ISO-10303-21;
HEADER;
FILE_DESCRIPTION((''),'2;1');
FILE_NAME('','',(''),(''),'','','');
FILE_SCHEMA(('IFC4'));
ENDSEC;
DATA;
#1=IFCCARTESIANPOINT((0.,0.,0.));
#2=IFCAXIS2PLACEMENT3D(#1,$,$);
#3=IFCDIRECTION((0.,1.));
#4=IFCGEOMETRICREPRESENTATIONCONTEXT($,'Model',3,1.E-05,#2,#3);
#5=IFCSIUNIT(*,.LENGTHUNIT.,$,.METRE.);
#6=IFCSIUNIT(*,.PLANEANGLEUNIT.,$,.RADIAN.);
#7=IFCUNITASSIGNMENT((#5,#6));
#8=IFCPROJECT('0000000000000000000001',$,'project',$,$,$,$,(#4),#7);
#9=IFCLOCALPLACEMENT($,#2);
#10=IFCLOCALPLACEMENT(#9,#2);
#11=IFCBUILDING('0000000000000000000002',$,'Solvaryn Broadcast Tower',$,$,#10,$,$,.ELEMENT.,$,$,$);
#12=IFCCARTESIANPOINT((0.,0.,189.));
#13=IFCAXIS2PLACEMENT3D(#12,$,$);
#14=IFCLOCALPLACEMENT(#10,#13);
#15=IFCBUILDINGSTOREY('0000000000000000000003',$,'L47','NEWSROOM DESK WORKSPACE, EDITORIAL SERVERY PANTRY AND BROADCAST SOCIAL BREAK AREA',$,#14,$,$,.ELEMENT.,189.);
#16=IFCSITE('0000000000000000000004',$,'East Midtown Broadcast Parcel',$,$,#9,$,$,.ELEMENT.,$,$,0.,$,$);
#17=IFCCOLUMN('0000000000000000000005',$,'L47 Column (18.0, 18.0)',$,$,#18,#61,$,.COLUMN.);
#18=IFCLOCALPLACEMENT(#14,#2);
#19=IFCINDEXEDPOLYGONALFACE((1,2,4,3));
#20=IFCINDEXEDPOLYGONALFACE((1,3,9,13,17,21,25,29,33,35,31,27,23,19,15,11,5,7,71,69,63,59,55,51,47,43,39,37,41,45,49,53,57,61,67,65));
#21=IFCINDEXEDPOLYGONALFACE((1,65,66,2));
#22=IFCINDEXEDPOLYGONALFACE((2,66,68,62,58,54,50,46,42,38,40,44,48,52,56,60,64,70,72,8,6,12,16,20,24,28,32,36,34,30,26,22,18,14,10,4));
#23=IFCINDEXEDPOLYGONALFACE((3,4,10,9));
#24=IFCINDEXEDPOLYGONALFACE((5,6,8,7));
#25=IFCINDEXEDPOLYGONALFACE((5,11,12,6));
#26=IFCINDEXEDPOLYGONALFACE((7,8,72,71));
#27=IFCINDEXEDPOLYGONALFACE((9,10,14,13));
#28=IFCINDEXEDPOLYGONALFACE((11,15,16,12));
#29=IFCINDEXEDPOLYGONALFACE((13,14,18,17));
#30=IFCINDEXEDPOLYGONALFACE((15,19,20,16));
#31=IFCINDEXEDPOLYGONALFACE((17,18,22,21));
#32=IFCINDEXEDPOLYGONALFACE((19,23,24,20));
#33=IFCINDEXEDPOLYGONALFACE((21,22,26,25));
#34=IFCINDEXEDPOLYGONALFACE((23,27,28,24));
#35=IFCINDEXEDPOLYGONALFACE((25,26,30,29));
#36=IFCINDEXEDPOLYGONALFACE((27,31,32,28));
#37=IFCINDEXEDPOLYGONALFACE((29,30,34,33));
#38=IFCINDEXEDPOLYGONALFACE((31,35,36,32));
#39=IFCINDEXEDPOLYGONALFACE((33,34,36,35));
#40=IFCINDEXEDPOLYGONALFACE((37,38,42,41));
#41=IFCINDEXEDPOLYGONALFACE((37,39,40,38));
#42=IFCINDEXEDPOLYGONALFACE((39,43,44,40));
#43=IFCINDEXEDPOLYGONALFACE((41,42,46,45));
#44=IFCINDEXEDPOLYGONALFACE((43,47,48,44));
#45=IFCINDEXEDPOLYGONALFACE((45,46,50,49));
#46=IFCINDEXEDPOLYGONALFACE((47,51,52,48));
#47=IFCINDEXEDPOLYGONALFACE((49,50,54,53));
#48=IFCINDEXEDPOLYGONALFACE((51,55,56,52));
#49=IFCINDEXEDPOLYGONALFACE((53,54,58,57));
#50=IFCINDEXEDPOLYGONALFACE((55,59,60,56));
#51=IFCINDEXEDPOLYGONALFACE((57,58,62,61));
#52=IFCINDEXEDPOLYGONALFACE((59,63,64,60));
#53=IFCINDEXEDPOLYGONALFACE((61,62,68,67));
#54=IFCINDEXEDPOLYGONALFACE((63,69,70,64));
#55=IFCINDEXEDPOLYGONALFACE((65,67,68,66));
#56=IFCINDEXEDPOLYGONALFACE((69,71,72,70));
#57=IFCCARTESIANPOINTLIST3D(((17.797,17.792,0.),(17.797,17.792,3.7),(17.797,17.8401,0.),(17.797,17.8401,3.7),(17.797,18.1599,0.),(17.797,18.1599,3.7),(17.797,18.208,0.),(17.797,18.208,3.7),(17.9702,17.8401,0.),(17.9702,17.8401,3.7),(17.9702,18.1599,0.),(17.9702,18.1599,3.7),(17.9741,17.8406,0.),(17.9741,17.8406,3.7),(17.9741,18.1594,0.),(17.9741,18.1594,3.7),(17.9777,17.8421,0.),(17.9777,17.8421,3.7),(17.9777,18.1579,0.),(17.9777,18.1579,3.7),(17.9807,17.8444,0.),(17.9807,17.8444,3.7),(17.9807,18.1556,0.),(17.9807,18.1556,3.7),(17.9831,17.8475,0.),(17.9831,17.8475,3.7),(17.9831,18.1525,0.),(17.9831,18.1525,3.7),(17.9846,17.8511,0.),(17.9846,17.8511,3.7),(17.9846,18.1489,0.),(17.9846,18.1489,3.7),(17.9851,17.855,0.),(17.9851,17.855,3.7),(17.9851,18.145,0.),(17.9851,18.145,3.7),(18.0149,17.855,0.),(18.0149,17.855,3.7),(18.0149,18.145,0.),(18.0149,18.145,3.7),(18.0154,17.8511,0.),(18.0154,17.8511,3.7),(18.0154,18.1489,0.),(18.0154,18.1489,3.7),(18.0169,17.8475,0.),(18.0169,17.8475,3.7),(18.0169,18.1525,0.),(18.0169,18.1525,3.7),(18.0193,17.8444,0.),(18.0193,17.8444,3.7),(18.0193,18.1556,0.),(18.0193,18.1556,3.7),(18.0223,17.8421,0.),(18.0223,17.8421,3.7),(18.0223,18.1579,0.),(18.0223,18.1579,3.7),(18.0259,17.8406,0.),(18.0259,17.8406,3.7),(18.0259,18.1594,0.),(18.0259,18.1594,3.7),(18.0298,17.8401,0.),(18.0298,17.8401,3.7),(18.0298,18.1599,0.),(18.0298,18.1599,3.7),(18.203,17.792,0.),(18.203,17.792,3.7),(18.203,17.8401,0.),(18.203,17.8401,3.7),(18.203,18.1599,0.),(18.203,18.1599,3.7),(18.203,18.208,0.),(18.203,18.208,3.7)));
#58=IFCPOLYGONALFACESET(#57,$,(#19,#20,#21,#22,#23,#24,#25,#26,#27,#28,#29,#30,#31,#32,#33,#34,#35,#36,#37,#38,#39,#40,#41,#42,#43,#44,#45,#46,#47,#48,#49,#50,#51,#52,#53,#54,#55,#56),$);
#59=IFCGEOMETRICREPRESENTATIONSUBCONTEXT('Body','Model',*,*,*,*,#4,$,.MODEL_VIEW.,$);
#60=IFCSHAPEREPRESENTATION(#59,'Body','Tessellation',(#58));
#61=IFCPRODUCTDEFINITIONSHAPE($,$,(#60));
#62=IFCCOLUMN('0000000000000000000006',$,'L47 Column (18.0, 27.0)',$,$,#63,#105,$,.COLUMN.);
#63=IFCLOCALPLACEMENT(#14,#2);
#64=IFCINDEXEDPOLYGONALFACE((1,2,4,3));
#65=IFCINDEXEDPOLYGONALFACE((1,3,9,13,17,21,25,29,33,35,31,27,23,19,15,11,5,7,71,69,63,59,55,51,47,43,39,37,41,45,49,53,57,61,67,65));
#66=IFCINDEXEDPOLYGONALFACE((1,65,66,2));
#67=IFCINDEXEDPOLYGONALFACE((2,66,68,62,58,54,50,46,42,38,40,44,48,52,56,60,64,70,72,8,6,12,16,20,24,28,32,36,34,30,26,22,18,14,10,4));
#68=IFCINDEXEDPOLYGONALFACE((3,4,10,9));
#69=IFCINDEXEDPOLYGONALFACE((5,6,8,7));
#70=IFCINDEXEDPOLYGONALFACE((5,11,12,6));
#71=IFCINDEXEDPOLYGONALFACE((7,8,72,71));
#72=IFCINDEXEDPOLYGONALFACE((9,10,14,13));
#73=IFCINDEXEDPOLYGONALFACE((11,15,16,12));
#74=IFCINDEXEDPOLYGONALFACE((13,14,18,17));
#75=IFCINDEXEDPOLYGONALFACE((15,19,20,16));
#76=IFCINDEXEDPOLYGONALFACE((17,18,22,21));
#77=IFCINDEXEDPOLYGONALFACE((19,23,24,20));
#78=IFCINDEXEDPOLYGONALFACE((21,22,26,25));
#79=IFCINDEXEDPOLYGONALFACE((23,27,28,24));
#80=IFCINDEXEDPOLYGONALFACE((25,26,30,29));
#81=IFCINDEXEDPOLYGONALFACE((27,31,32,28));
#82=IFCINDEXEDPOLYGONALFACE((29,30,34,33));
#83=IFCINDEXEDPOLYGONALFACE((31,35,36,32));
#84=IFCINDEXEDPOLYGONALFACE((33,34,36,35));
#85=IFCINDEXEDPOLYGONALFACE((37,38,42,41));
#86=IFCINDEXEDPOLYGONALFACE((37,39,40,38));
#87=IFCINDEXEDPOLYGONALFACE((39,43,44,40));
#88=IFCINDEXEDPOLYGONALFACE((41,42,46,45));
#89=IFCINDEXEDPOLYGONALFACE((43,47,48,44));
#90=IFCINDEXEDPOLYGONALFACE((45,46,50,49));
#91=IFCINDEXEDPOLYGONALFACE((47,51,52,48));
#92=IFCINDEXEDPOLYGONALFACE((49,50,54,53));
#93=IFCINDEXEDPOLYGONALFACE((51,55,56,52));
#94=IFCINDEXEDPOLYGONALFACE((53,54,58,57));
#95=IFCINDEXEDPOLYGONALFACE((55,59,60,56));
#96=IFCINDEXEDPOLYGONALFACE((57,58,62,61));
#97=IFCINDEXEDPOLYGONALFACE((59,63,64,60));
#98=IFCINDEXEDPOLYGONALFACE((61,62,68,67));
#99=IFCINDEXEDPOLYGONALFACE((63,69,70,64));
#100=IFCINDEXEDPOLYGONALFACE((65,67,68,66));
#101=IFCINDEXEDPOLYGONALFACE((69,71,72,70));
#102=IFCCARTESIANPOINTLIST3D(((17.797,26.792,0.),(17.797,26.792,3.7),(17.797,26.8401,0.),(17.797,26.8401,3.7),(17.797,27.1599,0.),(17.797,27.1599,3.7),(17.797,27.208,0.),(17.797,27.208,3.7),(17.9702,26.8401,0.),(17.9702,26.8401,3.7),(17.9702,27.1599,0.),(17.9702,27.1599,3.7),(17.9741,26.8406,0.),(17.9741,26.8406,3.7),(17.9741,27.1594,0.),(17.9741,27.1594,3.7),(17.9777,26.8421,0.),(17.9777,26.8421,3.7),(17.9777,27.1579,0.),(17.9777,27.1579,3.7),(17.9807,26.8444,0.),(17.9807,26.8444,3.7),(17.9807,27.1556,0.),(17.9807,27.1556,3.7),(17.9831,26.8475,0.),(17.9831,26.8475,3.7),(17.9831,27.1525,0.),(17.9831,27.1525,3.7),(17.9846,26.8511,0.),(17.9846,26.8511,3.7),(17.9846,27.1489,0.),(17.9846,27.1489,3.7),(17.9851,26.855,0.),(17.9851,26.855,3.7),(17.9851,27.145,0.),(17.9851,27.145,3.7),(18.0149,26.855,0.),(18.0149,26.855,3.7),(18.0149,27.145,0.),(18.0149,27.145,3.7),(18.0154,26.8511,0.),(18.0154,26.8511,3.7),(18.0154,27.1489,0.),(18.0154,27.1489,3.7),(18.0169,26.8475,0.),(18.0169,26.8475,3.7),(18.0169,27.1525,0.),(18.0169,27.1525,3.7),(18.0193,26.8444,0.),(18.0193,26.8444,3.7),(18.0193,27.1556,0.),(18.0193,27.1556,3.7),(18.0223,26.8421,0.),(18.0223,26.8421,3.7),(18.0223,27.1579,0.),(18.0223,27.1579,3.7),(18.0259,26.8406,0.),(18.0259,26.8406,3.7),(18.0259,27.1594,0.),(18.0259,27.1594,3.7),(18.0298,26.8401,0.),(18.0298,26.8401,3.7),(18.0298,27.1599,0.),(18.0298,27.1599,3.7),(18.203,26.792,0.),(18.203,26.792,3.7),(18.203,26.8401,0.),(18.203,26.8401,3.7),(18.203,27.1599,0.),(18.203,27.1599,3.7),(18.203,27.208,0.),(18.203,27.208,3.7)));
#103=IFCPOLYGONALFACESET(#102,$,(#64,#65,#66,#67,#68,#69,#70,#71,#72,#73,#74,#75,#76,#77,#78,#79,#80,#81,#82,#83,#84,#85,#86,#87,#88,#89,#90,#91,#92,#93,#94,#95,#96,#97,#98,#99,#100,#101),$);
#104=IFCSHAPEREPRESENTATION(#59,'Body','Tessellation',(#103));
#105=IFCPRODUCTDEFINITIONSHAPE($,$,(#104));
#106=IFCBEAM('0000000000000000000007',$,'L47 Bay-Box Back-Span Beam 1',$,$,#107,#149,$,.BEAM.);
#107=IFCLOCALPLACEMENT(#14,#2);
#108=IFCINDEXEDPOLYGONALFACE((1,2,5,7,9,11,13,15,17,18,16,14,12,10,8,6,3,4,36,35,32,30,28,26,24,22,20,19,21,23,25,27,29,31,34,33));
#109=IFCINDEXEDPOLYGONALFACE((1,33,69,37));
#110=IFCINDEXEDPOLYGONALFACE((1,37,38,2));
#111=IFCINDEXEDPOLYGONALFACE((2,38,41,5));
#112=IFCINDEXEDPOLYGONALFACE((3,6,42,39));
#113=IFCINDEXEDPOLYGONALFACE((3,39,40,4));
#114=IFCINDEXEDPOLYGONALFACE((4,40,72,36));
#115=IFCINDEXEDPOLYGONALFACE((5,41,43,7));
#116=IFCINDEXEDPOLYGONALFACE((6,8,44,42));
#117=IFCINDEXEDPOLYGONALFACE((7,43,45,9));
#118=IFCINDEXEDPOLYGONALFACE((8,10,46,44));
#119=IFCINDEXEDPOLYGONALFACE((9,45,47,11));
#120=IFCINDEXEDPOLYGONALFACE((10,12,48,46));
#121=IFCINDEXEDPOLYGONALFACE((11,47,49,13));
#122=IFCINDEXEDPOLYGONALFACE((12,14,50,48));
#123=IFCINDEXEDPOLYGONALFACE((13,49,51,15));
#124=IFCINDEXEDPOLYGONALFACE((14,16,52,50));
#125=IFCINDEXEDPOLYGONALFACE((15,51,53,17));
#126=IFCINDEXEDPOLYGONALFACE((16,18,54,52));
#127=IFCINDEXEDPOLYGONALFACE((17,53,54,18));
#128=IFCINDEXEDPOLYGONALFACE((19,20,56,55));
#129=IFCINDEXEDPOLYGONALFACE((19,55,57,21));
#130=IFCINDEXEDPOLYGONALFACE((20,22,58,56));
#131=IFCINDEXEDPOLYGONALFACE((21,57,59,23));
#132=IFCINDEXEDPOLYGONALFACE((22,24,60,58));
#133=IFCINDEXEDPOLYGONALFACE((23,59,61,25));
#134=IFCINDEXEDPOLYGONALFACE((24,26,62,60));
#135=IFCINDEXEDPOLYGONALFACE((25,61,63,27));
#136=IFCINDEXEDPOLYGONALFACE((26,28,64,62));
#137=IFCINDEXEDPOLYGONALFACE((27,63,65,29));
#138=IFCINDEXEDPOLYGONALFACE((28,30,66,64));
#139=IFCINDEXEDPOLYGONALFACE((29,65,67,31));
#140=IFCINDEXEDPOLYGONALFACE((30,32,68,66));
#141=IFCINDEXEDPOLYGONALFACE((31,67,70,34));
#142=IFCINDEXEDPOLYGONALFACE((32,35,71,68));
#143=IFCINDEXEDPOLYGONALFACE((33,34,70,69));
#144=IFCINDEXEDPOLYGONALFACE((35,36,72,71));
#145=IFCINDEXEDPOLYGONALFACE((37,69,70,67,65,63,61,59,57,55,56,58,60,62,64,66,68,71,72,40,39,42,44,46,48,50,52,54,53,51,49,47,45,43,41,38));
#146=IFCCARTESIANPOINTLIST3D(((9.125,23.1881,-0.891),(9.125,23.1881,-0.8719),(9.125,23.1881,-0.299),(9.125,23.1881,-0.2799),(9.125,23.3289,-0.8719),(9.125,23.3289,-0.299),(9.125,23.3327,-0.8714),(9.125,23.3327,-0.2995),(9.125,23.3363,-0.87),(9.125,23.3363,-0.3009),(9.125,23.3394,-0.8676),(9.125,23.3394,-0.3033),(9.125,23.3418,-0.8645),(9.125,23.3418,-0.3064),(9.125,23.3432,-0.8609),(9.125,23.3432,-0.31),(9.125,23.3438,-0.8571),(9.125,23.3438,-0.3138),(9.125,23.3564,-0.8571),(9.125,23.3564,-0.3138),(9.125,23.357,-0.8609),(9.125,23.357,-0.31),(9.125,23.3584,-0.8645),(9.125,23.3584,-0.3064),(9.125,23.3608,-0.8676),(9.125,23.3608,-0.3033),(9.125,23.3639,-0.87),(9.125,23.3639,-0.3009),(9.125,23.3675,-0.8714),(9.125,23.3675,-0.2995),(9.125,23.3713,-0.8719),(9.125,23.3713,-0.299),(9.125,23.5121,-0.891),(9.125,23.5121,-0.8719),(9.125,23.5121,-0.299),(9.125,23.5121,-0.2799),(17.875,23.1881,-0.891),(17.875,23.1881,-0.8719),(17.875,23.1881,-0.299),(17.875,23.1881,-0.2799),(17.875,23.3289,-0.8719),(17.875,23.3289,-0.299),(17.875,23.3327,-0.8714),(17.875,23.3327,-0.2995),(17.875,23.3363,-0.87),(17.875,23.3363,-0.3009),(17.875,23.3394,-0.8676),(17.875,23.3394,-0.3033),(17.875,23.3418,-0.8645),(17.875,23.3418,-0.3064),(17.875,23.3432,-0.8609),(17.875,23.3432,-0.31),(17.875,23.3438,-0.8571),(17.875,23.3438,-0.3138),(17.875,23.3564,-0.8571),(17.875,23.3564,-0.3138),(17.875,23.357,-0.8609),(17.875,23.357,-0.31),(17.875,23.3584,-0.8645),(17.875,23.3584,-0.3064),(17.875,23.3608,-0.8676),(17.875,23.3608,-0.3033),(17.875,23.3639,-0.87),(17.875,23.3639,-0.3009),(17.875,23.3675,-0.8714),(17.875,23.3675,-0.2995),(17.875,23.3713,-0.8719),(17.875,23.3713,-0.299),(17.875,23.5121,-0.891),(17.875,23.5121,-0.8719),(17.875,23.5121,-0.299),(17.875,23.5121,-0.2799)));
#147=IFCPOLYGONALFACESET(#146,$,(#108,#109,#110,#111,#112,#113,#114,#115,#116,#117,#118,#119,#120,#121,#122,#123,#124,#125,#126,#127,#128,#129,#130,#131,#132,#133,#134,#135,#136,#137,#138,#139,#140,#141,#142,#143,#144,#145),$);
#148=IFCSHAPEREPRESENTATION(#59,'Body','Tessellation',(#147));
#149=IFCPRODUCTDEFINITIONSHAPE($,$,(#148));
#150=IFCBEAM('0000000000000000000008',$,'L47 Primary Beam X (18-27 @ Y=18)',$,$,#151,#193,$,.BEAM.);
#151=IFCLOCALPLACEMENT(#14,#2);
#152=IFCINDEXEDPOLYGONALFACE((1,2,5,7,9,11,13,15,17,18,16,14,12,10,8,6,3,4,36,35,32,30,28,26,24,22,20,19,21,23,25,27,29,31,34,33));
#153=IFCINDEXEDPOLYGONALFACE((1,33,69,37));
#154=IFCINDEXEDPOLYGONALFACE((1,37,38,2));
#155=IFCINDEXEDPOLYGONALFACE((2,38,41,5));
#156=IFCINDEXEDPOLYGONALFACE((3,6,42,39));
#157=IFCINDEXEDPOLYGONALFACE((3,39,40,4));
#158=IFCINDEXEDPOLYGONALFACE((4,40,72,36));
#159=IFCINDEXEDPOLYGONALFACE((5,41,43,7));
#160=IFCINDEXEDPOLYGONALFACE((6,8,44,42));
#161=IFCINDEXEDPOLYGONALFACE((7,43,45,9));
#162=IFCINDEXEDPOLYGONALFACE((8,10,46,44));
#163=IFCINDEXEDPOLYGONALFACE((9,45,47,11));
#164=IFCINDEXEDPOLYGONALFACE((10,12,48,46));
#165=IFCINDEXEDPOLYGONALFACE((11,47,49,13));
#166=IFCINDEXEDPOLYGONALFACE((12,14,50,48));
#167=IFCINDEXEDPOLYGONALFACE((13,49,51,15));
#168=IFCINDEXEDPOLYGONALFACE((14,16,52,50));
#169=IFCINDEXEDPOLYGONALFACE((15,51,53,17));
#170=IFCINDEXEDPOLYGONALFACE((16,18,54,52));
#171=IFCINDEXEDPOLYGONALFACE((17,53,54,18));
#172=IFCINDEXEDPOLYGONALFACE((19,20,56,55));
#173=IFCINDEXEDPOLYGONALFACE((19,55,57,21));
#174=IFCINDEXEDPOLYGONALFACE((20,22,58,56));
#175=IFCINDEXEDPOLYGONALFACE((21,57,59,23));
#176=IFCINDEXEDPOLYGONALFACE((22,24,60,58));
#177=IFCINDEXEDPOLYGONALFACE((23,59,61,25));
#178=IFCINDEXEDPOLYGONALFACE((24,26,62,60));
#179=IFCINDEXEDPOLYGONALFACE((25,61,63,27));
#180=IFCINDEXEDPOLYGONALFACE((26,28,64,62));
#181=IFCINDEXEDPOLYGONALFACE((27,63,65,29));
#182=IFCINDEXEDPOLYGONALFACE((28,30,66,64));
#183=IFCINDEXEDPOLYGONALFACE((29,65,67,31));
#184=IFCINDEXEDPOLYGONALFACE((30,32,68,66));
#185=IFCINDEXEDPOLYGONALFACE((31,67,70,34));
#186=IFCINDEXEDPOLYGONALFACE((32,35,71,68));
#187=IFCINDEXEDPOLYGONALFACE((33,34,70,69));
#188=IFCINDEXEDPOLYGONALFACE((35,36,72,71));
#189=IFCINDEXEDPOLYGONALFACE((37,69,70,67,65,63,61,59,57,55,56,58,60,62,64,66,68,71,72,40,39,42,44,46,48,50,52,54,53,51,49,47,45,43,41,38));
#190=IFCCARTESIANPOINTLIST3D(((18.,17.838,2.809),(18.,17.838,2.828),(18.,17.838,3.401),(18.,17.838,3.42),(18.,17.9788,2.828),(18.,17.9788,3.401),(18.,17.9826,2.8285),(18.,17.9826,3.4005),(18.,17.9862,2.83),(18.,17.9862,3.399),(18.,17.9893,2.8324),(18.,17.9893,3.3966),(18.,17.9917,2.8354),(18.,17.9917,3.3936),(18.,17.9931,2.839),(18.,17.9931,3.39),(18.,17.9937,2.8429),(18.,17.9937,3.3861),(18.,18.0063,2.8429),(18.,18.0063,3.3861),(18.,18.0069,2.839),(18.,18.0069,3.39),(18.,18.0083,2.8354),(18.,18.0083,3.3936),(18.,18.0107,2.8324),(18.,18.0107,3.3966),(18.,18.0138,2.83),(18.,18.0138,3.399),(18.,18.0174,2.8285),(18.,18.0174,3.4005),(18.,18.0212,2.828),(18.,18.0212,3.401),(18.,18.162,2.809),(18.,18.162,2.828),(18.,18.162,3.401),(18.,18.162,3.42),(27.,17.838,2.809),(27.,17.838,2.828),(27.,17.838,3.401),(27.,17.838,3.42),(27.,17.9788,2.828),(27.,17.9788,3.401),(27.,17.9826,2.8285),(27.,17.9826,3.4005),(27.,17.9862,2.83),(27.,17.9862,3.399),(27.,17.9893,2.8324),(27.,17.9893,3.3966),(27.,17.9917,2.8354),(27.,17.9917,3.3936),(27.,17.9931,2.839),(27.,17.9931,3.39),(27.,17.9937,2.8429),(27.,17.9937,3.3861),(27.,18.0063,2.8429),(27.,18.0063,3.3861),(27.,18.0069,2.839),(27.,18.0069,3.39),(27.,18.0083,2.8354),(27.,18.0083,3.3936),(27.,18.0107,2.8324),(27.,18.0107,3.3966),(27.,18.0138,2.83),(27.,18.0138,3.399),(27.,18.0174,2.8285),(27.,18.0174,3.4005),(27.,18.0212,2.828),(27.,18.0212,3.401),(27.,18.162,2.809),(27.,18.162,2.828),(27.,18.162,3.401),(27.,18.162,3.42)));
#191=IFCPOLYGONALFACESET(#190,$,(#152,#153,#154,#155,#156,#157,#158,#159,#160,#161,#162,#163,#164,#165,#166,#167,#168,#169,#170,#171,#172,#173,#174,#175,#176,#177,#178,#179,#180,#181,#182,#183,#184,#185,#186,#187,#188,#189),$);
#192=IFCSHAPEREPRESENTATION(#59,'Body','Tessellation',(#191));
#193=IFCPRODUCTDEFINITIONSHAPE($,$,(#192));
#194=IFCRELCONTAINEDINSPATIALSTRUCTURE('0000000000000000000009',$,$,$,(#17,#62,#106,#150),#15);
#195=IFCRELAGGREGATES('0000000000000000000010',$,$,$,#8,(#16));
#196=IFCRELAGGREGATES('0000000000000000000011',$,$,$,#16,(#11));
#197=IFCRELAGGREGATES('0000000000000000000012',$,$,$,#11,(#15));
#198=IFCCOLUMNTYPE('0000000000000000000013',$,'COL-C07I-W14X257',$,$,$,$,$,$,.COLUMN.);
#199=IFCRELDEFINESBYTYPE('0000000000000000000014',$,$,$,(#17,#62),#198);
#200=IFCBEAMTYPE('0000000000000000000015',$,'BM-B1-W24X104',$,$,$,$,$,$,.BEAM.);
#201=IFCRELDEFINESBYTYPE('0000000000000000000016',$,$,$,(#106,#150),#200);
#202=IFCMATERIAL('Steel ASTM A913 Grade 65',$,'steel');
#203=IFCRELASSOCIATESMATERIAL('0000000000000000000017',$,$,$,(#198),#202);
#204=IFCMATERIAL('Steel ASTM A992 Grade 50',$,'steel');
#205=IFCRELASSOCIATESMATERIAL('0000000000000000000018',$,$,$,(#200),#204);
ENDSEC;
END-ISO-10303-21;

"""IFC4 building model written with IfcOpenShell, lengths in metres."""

from ifc_helpers import new_model, si_unit, direction, frame, origin, origin_2d, place, context, subcontext, project, spatial, i_section, extrude, material, material_profile, profile_set, type_object, element, save


model = new_model("IFC4")

# Units and contexts
model_context = context("Model", 3, precision=1e-05, world=origin(), true_north=direction((0.0, 1.0)))
body_context = subcontext(model_context, "Body", "Model", "MODEL_VIEW")
ifc_project = project(units=[si_unit("LENGTHUNIT", "METRE"), si_unit("PLANEANGLEUNIT", "RADIAN")], contexts=[model_context])

# Site, building, storey
site_placement = place(None, origin())
site = spatial("IfcSite", under=ifc_project, at=site_placement, Name="East Midtown Broadcast Parcel", CompositionType="ELEMENT", RefElevation=0.0)
building_placement = place(site_placement, origin())
building = spatial("IfcBuilding", under=site, at=building_placement, Name="Solvaryn Broadcast Tower", CompositionType="ELEMENT")
storey_placement = place(building_placement, frame((0.0, 0.0, 189.0)))
storey = spatial("IfcBuildingStorey", under=building, at=storey_placement, Name="L47", Description="NEWSROOM DESK WORKSPACE, EDITORIAL SERVERY PANTRY AND BROADCAST SOCIAL BREAK AREA", CompositionType="ELEMENT", Elevation=189.0)

# Columns
ifc_material_1 = material(Name="Steel ASTM A913 Grade 65", Category="steel")
ifc_material_profile_1 = material_profile(ifc_material_1, i_section(OverallWidth=0.406, OverallDepth=0.416, WebThickness=0.0298, FlangeThickness=0.0481, FilletRadius=0.0149, at=origin_2d()))
ifc_profile_set_1 = profile_set([ifc_material_profile_1], Name="Steel ASTM A913 Grade 65")
column_type = type_object("IfcColumnType", Name="COL-C07I-W14X257", PredefinedType="COLUMN", material=ifc_profile_set_1)
for number, where, z_axis, x_axis, name in (
    (1, (18.0, 18.0, 0.0), (0.0, 0.0, 1.0), (1.0, 0.0, 0.0), "L47 Column (18.0, 18.0)"),
    (2, (18.0, 27.0, 0.0), (0.0, 0.0, 1.0), (1.0, 0.0, 0.0), "L47 Column (18.0, 27.0)"),
):
    element("IfcColumn", number, at=place(storey_placement, frame(where, z_axis=z_axis, x_axis=x_axis)), inside=storey, type_object=column_type, Name=name, PredefinedType="COLUMN", context=body_context, shape_type="SweptSolid", body=[
        extrude(i_section(OverallWidth=0.406, OverallDepth=0.416, WebThickness=0.0298, FlangeThickness=0.0481, FilletRadius=0.0149, at=origin_2d()), origin(), (0.0, 0.0, 1.0), 3.7),
    ])

# Beams
ifc_material_2 = material(Name="Steel ASTM A992 Grade 50", Category="steel")
ifc_material_profile_2 = material_profile(ifc_material_2, i_section(OverallWidth=0.324, OverallDepth=0.6111, WebThickness=0.0127, FlangeThickness=0.019, FilletRadius=0.0149, at=origin_2d()))
ifc_profile_set_2 = profile_set([ifc_material_profile_2], Name="Steel ASTM A992 Grade 50")
beam_type_1 = type_object("IfcBeamType", Name="BM-B1-W24X104", PredefinedType="BEAM", material=ifc_profile_set_2)
beam_1_placement = place(storey_placement, frame((17.875, 23.3501, -0.5854), z_axis=(-1.0, 0.0, 0.0), x_axis=(0.0, -1.0, 0.0)))
element("IfcBeam", 3, at=beam_1_placement, inside=storey, type_object=beam_type_1, Name="L47 Bay-Box Back-Span Beam 1", PredefinedType="BEAM", context=body_context, shape_type="SweptSolid", body=[
    extrude(i_section(OverallWidth=0.324, OverallDepth=0.6111, WebThickness=0.0127, FlangeThickness=0.019, FilletRadius=0.0149, at=origin_2d()), origin(), (0.0, 0.0, 1.0), 8.75),
])
for number, where, z_axis, x_axis, name in (
    (4, (18.0, 18.0, 3.1145), (1.0, 0.0, 0.0), (0.0, 1.0, 0.0), "L47 Primary Beam X (18-27 @ Y=18)"),
):
    element("IfcBeam", number, at=place(storey_placement, frame(where, z_axis=z_axis, x_axis=x_axis)), inside=storey, type_object=beam_type_1, Name=name, PredefinedType="BEAM", context=body_context, shape_type="SweptSolid", body=[
        extrude(i_section(OverallWidth=0.324, OverallDepth=0.6111, WebThickness=0.0127, FlangeThickness=0.019, FilletRadius=0.0149, at=origin_2d()), origin(), (0.0, 0.0, 1.0), 9.0),
    ])

save(model, "model.ifc")
